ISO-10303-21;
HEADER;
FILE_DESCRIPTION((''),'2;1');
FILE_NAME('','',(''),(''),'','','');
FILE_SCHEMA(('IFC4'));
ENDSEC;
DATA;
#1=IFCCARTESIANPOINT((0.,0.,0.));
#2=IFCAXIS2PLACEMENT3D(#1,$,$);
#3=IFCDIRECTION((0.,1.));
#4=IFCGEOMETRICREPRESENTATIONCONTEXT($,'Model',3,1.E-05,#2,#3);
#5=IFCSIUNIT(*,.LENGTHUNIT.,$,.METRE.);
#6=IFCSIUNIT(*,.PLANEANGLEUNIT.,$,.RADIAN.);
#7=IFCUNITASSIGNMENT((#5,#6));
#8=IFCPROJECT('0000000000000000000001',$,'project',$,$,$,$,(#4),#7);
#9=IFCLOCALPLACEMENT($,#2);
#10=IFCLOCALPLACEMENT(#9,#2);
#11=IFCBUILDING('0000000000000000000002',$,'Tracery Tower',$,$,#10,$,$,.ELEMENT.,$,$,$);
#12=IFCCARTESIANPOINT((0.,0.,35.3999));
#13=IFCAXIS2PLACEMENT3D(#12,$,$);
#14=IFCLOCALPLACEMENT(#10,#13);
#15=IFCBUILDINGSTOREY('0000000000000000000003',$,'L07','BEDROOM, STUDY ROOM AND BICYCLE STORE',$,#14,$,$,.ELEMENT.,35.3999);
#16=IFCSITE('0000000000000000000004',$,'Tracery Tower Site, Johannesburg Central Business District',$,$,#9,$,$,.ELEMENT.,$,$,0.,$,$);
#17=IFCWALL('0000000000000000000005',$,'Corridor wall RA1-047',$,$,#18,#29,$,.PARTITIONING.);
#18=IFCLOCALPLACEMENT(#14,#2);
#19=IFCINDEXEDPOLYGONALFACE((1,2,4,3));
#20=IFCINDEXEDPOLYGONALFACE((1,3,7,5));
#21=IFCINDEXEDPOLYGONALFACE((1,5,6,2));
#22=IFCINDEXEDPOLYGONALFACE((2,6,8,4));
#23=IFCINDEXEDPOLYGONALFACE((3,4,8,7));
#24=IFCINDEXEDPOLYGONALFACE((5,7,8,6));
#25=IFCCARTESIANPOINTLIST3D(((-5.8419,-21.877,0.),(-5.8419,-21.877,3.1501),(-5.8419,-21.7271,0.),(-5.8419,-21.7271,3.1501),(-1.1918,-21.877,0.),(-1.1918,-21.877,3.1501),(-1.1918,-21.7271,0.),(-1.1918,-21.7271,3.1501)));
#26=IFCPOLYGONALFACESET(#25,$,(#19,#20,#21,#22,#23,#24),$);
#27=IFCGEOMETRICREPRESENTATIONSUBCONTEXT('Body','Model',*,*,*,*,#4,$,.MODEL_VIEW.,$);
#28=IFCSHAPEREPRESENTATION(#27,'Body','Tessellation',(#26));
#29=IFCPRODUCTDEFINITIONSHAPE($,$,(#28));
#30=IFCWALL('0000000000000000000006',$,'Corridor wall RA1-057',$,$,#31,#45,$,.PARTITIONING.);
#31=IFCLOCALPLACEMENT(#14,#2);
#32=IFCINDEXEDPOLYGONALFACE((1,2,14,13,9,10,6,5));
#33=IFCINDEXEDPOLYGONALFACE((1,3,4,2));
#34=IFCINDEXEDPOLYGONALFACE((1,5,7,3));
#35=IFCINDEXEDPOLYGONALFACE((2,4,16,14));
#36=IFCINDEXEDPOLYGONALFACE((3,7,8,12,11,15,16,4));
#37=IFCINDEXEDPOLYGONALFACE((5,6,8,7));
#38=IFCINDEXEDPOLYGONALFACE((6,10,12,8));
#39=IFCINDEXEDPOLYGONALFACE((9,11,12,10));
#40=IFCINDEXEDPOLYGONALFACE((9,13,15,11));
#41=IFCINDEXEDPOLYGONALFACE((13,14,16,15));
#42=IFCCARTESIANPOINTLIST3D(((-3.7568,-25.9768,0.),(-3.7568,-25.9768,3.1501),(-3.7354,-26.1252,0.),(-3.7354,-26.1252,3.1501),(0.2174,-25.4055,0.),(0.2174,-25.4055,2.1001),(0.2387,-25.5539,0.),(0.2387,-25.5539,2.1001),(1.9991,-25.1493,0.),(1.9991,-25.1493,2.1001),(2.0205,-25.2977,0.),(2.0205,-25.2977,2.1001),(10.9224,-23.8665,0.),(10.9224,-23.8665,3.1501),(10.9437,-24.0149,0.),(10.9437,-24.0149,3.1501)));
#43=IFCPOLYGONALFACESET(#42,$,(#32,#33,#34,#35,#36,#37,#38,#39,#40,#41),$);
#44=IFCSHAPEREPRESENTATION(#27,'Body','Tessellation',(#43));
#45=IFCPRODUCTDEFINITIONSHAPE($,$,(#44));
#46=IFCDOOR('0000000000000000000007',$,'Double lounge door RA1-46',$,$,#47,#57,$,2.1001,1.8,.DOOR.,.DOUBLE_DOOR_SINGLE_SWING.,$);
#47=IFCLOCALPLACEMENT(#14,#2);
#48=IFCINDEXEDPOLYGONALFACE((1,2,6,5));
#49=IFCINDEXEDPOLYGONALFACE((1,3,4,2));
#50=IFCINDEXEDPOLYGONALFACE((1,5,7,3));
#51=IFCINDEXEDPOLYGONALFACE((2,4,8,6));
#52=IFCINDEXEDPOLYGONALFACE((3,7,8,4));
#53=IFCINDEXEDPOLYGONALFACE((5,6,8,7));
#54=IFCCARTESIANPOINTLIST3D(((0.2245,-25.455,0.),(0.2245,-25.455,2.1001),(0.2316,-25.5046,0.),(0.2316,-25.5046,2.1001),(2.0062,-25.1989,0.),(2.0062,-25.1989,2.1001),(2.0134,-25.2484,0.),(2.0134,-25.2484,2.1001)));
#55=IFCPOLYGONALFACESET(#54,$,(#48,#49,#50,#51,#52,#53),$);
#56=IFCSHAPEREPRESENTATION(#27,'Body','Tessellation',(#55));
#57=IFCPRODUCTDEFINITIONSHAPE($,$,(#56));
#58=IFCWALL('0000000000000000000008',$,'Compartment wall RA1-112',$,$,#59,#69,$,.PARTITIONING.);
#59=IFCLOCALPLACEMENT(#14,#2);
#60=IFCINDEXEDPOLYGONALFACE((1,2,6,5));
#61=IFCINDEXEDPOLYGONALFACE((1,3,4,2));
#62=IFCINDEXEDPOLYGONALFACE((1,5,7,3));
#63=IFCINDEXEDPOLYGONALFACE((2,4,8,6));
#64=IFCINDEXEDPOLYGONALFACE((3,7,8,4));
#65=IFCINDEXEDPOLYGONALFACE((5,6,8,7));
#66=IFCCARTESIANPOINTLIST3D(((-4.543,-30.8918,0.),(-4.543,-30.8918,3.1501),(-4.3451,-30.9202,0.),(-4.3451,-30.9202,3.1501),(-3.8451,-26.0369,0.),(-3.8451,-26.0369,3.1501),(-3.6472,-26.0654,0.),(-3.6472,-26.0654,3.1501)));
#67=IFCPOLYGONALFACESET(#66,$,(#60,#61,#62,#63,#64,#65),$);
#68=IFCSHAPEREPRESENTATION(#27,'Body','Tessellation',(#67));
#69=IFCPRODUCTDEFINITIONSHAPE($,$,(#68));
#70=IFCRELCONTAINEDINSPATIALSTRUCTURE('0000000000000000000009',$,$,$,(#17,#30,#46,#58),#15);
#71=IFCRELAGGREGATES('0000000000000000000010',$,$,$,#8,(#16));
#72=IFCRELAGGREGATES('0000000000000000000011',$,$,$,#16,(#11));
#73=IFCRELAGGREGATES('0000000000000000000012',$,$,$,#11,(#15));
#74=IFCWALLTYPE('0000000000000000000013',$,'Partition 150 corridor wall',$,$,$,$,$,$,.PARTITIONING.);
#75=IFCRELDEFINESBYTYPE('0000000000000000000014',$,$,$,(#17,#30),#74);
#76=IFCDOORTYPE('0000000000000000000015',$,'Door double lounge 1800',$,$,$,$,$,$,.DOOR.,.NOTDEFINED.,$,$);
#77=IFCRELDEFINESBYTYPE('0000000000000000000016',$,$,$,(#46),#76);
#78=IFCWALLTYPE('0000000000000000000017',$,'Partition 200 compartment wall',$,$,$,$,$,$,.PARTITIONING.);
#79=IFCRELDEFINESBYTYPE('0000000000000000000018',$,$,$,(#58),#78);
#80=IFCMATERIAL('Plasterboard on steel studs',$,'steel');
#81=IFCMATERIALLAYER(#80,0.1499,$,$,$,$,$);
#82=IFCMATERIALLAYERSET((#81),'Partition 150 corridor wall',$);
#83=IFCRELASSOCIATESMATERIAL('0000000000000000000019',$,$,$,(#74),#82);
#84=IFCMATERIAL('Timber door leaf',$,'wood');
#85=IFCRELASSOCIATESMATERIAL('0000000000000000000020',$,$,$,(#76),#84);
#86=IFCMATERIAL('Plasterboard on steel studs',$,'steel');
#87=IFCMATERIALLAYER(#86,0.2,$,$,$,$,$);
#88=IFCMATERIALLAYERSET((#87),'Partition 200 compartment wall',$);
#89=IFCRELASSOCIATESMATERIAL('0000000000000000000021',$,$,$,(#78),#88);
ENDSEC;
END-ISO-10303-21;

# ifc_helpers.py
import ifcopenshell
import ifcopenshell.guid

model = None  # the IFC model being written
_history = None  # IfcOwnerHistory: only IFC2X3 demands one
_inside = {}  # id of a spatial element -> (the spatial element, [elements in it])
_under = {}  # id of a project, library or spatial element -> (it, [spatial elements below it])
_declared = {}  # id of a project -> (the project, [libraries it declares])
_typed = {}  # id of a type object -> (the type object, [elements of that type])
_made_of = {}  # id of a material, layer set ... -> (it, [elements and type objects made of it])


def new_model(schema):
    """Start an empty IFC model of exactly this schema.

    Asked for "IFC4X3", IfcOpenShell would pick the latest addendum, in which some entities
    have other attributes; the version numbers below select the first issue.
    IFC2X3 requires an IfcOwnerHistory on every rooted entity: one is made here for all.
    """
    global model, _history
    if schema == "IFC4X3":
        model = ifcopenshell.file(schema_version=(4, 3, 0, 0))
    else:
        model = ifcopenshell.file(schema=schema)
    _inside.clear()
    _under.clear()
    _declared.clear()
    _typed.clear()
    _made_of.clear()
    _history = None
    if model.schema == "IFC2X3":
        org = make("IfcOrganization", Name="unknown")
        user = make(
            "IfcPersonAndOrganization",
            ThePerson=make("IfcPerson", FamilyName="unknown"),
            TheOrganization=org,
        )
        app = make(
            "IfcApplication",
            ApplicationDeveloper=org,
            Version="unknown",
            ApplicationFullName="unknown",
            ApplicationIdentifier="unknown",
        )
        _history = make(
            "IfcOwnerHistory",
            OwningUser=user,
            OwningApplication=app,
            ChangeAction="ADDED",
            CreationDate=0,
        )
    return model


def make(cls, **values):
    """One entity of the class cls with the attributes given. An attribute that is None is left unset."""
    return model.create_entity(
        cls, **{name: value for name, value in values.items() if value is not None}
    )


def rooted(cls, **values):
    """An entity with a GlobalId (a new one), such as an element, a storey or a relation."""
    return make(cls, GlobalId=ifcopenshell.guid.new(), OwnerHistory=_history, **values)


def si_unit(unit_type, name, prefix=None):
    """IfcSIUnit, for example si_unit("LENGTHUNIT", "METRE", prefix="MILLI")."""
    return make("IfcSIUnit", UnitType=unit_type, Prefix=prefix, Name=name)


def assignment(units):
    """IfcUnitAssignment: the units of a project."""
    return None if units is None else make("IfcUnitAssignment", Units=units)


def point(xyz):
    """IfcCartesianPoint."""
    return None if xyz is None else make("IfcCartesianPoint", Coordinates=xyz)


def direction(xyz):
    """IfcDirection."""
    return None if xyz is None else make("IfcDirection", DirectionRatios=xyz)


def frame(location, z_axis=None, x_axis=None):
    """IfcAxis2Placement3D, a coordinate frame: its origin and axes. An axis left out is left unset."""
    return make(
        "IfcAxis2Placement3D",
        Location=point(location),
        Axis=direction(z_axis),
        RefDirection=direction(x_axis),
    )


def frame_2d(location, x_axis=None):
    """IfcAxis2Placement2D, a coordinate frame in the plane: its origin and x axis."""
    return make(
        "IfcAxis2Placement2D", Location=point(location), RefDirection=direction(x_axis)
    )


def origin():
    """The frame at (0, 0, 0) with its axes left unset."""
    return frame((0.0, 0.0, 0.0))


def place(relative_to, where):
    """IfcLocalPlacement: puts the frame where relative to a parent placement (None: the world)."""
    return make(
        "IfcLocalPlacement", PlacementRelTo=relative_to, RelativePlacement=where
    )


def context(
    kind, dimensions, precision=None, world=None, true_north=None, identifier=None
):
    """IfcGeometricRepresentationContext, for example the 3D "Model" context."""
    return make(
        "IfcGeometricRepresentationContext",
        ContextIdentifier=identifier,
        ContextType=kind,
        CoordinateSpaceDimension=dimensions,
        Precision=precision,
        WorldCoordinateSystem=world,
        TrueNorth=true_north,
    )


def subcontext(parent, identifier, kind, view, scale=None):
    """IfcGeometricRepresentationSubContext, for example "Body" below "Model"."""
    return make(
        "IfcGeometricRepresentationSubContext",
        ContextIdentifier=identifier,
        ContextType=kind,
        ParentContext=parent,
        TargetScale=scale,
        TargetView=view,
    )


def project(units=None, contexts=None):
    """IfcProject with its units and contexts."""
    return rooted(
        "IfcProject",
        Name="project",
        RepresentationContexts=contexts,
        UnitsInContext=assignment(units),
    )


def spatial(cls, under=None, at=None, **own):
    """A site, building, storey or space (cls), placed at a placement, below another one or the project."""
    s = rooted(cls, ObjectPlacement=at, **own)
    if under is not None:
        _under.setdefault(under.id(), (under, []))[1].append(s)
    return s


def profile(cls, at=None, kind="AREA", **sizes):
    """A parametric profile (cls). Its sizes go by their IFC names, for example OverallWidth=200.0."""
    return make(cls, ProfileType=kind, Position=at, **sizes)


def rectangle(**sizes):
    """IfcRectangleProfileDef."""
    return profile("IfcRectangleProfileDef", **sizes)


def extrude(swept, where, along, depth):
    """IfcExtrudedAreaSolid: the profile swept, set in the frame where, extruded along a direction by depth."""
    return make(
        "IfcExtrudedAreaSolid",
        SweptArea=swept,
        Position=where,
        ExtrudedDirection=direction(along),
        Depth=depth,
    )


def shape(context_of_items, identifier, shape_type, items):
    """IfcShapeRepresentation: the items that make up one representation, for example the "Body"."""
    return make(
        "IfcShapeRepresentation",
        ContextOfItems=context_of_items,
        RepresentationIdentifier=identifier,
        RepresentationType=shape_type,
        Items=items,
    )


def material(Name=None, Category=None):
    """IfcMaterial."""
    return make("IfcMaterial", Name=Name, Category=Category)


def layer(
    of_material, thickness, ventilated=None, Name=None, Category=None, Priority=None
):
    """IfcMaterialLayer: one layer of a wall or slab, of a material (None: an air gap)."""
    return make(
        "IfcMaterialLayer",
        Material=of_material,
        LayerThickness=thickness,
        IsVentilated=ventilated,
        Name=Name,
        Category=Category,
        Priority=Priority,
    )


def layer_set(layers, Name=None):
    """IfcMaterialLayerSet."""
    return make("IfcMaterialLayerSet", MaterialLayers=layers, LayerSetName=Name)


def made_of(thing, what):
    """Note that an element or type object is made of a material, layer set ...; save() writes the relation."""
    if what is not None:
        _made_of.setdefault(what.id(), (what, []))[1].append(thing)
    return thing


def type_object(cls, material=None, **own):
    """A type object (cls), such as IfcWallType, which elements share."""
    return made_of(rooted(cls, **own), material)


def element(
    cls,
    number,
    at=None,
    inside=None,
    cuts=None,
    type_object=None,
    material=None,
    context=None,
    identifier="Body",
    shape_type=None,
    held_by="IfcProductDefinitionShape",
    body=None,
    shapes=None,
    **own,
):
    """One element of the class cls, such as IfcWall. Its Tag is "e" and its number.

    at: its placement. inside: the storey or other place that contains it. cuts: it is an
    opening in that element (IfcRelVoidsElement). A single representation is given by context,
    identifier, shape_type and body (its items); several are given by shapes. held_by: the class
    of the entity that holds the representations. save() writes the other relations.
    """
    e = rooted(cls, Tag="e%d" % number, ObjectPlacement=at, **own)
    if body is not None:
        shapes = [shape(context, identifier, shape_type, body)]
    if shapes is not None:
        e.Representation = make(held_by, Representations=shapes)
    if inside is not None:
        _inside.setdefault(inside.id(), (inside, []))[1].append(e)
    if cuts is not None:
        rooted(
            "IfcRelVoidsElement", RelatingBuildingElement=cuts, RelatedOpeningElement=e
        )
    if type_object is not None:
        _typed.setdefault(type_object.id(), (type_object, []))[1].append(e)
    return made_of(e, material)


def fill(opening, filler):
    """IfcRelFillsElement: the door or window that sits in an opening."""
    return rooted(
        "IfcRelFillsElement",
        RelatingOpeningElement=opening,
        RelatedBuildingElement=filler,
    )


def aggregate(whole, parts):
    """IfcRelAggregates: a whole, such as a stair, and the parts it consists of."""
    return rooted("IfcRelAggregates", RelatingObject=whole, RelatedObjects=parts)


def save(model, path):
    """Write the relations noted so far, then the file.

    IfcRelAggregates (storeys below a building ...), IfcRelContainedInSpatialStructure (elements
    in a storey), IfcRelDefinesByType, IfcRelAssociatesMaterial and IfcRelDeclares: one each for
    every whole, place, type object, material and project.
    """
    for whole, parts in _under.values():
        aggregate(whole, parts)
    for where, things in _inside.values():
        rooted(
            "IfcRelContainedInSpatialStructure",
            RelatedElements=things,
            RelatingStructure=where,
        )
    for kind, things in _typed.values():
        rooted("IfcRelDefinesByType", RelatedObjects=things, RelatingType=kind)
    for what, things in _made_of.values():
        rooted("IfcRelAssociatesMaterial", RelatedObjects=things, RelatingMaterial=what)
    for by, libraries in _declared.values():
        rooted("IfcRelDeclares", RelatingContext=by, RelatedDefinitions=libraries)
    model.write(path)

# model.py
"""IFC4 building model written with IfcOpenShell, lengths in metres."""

from ifc_helpers import new_model, si_unit, direction, frame, frame_2d, origin, place, context, subcontext, project, spatial, rectangle, extrude, material, layer, layer_set, type_object, element, fill, save


model = new_model("IFC4")

# Units and contexts
model_context = context("Model", 3, precision=1e-05, world=origin(), true_north=direction((0.0, 1.0)))
body_context = subcontext(model_context, "Body", "Model", "MODEL_VIEW")
ifc_project = project(units=[si_unit("LENGTHUNIT", "METRE"), si_unit("PLANEANGLEUNIT", "RADIAN")], contexts=[model_context])

# Site, building, storey
site_placement = place(None, origin())
site = spatial("IfcSite", under=ifc_project, at=site_placement, Name="Tracery Tower Site, Johannesburg Central Business District", CompositionType="ELEMENT", RefElevation=0.0)
building_placement = place(site_placement, origin())
building = spatial("IfcBuilding", under=site, at=building_placement, Name="Tracery Tower", CompositionType="ELEMENT")
storey_placement = place(building_placement, frame((0.0, 0.0, 35.3999)))
storey = spatial("IfcBuildingStorey", under=building, at=storey_placement, Name="L07", Description="BEDROOM, STUDY ROOM AND BICYCLE STORE", CompositionType="ELEMENT", Elevation=35.3999)

# Shared definitions
ifc_material_1 = material(Name="Plasterboard on steel studs", Category="steel")
ifc_layer_1 = layer(ifc_material_1, 0.1499)
ifc_layer_set_1 = layer_set([ifc_layer_1], Name="Partition 150 corridor wall")
wall_type_1 = type_object("IfcWallType", Name="Partition 150 corridor wall", PredefinedType="PARTITIONING", material=ifc_layer_set_1)
ifc_material_2 = material(Name="Timber door leaf", Category="wood")
door_type = type_object("IfcDoorType", Name="Door double lounge 1800", OperationType="NOTDEFINED", PredefinedType="DOOR", material=ifc_material_2)

# Wall
wall_1_placement = place(storey_placement, frame((-5.842, -21.802, 0.0), z_axis=(0.0, 0.0, 1.0), x_axis=(1.0, 0.0, 0.0)))
element("IfcWall", 1, at=wall_1_placement, inside=storey, type_object=wall_type_1, Name="Corridor wall RA1-047", PredefinedType="PARTITIONING", context=body_context, shape_type="SweptSolid", body=[
    extrude(rectangle(XDim=4.6501, YDim=0.1499, at=frame_2d((2.3252, 0.0))), origin(), (0.0, 0.0, 1.0), 3.1501),
])

# Wall, opening, door
wall_2_placement = place(storey_placement, frame((-3.7461, -26.051, 0.0), z_axis=(0.0, 0.0, 1.0), x_axis=(0.989823, 0.142302, 0.0)))
wall_2 = element("IfcWall", 2, at=wall_2_placement, inside=storey, type_object=wall_type_1, Name="Corridor wall RA1-057", PredefinedType="PARTITIONING", context=body_context, shape_type="SweptSolid", body=[
    extrude(rectangle(XDim=14.8301, YDim=0.1499, at=frame_2d((7.415, 0.0))), origin(), (0.0, 0.0, 1.0), 3.1501),
])
opening_1_placement = place(wall_2_placement, frame((4.0151, 0.0, 0.0)))
opening_1 = element("IfcOpeningElement", 3, at=opening_1_placement, cuts=wall_2, PredefinedType="OPENING", context=body_context, shape_type="SweptSolid", body=[
    extrude(rectangle(XDim=1.8, YDim=2.1001, at=frame_2d((0.8999, 1.05))), frame((0.0, 0.075, 0.0), z_axis=(0.0, -1.0, 0.0), x_axis=(1.0, 0.0, 0.0)), (0.0, 0.0, 1.0), 0.1499),
])
door_1_placement = place(opening_1_placement, origin())
door_1 = element("IfcDoor", 4, at=door_1_placement, inside=storey, type_object=door_type, Name="Double lounge door RA1-46", OperationType="DOUBLE_DOOR_SINGLE_SWING", OverallHeight=2.1001, OverallWidth=1.8, PredefinedType="DOOR", context=body_context, shape_type="SweptSolid", body=[
    extrude(rectangle(XDim=1.8, YDim=2.1001, at=frame_2d((0.8999, 1.05))), frame((0.0, 0.0249, 0.0), z_axis=(0.0, -1.0, 0.0), x_axis=(1.0, 0.0, 0.0)), (0.0, 0.0, 1.0), 0.05),
])
fill(opening_1, door_1)

# Wall
ifc_material_3 = material(Name="Plasterboard on steel studs", Category="steel")
ifc_layer_2 = layer(ifc_material_3, 0.2)
ifc_layer_set_2 = layer_set([ifc_layer_2], Name="Partition 200 compartment wall")
wall_type_2 = type_object("IfcWallType", Name="Partition 200 compartment wall", PredefinedType="PARTITIONING", material=ifc_layer_set_2)
wall_3_placement = place(storey_placement, frame((-4.4441, -30.906, 0.0), z_axis=(0.0, 0.0, 1.0), x_axis=(0.142306, 0.989823, 0.0)))
element("IfcWall", 5, at=wall_3_placement, inside=storey, type_object=wall_type_2, Name="Compartment wall RA1-112", PredefinedType="PARTITIONING", context=body_context, shape_type="SweptSolid", body=[
    extrude(rectangle(XDim=4.9048, YDim=0.2, at=frame_2d((2.4524, 0.0))), origin(), (0.0, 0.0, 1.0), 3.1501),
])

save(model, "model.ifc")
